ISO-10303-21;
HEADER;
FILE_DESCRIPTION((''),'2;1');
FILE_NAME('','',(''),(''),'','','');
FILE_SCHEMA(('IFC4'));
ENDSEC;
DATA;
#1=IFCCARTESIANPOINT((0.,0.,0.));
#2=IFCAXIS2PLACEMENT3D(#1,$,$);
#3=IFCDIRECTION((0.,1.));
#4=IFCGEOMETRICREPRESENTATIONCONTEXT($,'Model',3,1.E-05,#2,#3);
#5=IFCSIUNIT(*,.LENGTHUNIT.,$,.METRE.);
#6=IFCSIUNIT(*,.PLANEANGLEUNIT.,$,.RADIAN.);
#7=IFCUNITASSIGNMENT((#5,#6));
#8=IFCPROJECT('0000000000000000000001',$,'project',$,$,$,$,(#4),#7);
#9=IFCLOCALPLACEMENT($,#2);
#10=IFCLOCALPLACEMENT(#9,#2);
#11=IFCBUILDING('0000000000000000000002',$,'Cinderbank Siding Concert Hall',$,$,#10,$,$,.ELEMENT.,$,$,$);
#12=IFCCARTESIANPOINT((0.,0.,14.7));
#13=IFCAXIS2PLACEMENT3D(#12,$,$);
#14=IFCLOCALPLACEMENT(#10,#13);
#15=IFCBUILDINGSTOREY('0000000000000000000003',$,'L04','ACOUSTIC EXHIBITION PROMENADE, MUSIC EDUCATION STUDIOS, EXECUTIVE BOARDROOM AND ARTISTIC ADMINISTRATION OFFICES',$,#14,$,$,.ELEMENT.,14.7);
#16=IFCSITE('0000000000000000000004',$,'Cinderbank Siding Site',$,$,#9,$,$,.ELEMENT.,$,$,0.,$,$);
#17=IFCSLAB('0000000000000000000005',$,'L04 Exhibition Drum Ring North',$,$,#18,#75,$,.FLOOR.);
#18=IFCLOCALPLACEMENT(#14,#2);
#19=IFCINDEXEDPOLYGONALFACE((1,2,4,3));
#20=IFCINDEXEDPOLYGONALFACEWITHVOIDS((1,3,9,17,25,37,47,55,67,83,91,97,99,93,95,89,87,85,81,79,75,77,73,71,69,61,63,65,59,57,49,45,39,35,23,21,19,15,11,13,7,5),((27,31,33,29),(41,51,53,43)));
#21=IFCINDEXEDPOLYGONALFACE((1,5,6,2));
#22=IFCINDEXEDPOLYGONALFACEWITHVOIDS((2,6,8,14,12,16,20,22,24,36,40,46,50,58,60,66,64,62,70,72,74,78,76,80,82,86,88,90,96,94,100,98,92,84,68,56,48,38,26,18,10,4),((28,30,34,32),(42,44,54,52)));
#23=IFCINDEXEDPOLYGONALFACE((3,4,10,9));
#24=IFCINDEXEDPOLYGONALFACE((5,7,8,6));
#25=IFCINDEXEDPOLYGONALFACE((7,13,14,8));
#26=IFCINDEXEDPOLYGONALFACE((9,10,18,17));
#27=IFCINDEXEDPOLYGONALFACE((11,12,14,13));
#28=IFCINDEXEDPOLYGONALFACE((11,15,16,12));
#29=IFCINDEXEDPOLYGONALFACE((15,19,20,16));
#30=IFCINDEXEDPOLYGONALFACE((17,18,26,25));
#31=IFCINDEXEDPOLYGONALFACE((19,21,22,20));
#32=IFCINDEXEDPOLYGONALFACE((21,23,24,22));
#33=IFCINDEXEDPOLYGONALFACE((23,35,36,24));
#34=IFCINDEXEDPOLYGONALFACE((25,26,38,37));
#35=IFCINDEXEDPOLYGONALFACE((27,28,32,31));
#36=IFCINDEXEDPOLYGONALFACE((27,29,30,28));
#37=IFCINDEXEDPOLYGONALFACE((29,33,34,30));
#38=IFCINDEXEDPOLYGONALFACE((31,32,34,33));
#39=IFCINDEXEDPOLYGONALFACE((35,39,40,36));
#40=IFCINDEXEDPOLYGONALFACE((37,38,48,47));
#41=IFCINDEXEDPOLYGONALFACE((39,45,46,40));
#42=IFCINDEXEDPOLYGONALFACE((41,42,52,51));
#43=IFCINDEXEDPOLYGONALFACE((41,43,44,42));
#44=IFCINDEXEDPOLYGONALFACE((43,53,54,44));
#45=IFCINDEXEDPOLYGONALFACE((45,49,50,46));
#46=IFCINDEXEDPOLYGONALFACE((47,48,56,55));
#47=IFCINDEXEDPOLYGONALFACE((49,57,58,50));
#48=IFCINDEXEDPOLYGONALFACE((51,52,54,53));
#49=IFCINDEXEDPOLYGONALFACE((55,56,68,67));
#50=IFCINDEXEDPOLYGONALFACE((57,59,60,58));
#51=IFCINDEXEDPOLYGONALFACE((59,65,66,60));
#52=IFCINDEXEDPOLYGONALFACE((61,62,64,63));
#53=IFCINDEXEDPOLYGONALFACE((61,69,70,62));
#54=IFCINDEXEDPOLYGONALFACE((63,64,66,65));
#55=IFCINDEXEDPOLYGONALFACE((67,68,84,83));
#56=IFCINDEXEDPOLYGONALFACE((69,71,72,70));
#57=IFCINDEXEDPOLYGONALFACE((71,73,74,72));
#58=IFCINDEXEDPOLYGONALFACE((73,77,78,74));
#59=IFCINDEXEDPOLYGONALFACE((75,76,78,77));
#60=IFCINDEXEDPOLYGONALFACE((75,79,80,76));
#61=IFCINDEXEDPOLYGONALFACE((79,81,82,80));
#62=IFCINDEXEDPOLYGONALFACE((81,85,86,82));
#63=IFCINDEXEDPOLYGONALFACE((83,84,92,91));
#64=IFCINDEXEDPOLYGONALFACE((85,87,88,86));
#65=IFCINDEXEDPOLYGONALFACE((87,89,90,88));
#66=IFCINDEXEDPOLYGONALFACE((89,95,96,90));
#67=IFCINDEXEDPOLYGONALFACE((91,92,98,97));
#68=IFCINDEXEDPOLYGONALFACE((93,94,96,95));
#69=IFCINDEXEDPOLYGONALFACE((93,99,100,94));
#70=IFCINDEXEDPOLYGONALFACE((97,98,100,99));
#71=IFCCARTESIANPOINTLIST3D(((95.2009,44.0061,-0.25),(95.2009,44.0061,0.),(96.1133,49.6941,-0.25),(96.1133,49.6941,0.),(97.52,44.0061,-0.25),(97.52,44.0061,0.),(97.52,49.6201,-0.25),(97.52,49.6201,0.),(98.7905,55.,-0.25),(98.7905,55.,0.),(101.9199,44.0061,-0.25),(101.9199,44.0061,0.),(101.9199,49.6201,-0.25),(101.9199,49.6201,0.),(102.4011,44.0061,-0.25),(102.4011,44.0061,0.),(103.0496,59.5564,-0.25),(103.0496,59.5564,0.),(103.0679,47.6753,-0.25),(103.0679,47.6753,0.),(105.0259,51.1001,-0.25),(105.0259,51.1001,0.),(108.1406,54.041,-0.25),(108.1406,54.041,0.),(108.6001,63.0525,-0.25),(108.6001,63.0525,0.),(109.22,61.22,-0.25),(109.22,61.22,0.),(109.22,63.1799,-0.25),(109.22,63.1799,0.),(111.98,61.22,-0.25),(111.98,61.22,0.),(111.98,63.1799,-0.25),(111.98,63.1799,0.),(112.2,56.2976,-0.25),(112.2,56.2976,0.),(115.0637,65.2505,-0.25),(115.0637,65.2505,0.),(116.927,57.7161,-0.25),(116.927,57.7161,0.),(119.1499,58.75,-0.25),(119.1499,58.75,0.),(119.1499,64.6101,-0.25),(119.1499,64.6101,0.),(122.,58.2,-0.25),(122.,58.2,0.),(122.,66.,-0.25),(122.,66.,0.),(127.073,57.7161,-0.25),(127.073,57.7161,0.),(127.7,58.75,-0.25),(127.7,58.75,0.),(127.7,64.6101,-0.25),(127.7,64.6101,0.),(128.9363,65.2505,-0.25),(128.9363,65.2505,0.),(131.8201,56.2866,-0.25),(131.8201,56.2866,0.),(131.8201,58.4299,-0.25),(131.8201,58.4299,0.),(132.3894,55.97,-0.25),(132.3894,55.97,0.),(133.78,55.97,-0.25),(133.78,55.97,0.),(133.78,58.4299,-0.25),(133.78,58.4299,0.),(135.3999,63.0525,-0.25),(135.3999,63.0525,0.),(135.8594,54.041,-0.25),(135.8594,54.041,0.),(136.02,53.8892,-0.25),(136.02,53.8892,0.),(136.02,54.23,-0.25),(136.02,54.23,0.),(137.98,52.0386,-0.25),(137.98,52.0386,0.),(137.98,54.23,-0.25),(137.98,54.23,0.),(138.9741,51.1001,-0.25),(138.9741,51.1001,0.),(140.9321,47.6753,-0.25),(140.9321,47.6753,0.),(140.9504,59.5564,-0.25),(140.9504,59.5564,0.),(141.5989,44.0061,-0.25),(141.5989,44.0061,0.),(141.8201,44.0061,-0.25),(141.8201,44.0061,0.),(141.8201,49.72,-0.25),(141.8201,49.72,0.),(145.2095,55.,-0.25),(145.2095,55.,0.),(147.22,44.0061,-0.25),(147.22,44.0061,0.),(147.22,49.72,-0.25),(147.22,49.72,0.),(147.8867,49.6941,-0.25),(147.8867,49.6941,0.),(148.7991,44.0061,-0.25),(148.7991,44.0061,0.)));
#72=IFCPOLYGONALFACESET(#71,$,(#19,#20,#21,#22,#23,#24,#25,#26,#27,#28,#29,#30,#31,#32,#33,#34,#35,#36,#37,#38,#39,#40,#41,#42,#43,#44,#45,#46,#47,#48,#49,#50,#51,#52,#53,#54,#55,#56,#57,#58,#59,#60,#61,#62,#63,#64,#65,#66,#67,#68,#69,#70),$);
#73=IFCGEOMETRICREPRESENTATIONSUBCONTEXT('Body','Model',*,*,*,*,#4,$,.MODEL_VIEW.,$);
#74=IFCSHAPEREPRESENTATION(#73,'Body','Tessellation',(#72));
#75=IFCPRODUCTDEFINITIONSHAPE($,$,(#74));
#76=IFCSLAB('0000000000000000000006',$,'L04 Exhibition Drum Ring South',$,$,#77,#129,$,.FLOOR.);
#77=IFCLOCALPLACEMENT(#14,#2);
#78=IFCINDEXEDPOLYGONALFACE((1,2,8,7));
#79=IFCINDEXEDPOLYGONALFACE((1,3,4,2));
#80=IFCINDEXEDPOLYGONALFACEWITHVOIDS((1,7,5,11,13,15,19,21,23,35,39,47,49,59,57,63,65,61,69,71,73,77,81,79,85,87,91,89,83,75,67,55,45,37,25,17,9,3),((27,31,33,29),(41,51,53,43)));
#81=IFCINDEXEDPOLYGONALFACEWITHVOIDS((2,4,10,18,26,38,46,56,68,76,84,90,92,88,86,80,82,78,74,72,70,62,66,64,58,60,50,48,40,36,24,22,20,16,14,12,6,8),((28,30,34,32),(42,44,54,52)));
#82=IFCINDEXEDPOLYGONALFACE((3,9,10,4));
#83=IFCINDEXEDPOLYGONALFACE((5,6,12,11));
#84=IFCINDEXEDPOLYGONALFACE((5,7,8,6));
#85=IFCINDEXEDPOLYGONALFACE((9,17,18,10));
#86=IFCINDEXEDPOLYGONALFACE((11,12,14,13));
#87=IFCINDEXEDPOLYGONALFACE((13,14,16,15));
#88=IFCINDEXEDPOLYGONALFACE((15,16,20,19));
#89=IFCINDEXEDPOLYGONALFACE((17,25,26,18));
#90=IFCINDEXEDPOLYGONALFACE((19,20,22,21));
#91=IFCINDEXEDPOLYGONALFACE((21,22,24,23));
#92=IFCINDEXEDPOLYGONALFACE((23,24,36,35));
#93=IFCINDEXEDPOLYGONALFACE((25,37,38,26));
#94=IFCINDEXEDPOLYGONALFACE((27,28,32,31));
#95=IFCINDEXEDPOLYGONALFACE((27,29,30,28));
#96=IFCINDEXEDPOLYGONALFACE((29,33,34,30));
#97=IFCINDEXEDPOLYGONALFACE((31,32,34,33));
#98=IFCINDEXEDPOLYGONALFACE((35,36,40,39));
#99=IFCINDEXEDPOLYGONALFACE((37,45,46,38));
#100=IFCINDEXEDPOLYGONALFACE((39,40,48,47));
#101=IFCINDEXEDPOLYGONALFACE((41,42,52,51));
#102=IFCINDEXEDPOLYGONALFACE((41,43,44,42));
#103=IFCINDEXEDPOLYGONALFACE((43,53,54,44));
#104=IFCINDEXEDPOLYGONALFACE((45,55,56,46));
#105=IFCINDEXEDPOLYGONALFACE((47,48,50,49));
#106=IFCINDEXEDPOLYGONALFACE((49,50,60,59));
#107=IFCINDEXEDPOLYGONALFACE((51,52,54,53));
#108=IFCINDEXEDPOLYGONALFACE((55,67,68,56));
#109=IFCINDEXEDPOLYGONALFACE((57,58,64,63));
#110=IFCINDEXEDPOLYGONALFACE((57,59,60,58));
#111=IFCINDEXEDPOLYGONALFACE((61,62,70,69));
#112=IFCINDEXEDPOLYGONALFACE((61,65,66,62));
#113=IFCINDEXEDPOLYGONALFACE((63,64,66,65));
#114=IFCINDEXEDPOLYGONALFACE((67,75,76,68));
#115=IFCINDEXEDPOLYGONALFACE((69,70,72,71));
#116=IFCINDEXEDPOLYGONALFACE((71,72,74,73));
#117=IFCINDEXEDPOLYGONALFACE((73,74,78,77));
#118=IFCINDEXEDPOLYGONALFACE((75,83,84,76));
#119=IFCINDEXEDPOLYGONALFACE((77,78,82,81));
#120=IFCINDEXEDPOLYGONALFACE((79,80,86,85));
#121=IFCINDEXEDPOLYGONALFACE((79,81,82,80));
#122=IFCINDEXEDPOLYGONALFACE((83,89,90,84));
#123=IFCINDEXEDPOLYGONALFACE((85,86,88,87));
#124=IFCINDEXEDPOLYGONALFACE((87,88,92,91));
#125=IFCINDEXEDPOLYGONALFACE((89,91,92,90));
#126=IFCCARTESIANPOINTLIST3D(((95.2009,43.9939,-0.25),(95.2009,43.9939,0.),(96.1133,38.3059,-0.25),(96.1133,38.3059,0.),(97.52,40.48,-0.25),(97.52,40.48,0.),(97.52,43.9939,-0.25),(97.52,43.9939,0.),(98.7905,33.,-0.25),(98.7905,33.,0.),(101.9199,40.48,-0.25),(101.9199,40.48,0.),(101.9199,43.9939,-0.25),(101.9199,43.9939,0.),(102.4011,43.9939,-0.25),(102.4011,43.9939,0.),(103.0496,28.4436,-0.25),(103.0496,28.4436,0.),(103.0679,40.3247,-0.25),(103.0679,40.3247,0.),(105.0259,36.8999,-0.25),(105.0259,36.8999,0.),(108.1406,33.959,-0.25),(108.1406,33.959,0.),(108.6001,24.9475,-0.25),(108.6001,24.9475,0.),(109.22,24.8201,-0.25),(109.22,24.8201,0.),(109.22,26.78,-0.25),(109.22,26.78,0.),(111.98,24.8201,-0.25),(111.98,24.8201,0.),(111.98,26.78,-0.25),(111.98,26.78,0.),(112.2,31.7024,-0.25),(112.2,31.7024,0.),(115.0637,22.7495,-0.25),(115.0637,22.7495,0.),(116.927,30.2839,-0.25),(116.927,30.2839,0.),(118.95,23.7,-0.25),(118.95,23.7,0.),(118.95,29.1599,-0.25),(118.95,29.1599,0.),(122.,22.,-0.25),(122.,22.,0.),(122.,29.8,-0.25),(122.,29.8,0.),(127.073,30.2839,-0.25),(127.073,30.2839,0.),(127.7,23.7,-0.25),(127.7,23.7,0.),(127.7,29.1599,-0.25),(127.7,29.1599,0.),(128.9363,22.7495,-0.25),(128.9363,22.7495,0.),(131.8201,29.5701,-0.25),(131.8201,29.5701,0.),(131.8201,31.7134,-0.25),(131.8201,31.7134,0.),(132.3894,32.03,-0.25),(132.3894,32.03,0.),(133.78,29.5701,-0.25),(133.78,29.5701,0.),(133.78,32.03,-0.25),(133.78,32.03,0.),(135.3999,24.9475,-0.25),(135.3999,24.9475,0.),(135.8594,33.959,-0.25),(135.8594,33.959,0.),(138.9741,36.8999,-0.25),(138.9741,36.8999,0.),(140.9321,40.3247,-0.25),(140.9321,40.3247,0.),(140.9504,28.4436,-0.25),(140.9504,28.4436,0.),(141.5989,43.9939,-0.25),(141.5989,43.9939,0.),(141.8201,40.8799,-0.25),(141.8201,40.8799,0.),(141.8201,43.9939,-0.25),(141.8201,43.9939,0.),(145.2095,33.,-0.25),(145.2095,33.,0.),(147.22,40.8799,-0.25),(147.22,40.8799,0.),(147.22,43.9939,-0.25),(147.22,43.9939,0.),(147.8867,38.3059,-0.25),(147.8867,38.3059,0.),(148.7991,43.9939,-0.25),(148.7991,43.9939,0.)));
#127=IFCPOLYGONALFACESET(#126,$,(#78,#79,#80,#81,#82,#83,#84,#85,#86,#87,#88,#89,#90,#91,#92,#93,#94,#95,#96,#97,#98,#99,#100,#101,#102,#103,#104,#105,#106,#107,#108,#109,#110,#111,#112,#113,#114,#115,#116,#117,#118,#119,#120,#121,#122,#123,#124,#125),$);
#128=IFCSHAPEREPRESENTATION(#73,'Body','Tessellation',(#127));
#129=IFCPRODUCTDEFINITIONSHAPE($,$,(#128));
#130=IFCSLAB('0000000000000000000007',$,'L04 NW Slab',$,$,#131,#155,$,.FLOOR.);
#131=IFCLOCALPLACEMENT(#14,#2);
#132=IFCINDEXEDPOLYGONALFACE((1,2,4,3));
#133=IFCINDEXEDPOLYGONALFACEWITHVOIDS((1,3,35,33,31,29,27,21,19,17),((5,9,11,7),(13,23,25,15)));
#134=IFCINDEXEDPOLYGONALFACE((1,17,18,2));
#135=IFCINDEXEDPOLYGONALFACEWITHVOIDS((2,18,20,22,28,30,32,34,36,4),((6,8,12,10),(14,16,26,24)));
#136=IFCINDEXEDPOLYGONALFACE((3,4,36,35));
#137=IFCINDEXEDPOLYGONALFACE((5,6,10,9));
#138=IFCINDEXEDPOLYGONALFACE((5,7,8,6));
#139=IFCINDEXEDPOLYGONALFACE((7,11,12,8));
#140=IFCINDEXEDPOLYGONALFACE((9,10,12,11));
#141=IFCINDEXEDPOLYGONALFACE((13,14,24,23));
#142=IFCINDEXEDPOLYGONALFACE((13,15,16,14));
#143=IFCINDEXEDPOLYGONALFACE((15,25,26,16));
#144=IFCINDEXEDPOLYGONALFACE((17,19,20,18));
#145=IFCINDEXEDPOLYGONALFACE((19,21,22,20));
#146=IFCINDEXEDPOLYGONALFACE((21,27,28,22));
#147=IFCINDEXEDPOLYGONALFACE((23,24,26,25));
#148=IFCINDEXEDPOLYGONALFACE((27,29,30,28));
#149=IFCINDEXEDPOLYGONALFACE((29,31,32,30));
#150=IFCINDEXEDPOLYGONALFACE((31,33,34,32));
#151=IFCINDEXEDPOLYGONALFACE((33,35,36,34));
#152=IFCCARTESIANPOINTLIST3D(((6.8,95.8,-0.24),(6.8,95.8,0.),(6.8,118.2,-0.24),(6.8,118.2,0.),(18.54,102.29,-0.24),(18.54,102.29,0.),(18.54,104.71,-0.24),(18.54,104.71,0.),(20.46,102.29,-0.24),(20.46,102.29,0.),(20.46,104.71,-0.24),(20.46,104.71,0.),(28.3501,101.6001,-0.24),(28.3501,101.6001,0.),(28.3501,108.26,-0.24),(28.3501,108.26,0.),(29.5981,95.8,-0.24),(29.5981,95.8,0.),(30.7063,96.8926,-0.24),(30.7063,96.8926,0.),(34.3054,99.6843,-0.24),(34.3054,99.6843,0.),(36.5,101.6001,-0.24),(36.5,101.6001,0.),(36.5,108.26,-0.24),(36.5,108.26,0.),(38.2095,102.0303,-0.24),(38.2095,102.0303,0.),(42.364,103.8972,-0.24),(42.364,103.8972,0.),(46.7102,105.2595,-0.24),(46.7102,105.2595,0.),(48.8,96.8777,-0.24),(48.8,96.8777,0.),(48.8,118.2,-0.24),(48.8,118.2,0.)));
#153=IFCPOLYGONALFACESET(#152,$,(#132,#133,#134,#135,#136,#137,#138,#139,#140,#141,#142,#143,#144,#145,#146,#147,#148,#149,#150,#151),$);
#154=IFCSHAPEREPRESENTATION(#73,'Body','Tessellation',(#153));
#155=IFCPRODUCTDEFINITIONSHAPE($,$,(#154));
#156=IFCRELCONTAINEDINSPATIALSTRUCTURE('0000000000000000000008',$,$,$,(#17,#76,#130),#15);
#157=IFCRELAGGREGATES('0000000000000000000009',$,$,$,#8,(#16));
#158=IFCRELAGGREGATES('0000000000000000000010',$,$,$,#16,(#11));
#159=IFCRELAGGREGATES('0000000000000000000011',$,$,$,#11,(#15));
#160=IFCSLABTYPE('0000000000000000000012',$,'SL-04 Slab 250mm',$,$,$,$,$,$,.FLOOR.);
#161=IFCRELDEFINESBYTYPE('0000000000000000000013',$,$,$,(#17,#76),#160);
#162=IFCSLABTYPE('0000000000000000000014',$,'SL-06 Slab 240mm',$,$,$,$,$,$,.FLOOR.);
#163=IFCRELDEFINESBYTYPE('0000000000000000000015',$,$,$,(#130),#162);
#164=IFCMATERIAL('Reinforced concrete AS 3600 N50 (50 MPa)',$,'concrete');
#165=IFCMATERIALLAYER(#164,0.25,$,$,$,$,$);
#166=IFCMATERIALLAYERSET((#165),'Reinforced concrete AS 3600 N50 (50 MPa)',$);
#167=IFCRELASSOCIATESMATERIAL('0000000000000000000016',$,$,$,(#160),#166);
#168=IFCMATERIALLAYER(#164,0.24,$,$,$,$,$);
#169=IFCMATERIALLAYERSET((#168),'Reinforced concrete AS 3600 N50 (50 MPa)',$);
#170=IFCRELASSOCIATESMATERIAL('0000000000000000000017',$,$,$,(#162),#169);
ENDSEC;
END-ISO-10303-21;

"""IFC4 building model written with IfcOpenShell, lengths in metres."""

from ifc_helpers import new_model, si_unit, direction, frame, origin, place, context, subcontext, project, spatial, polyline, outline, extrude, material, layer, layer_set, type_object, element, save


model = new_model("IFC4")

# Units and contexts
model_context = context("Model", 3, precision=1e-05, world=origin(), true_north=direction((0.0, 1.0)))
body_context = subcontext(model_context, "Body", "Model", "MODEL_VIEW")
ifc_project = project(units=[si_unit("LENGTHUNIT", "METRE"), si_unit("PLANEANGLEUNIT", "RADIAN")], contexts=[model_context])

# Site, building, storey
site_placement = place(None, origin())
site = spatial("IfcSite", under=ifc_project, at=site_placement, Name="Cinderbank Siding Site", CompositionType="ELEMENT", RefElevation=0.0)
building_placement = place(site_placement, origin())
building = spatial("IfcBuilding", under=site, at=building_placement, Name="Cinderbank Siding Concert Hall", CompositionType="ELEMENT")
storey_placement = place(building_placement, frame((0.0, 0.0, 14.7)))
storey = spatial("IfcBuildingStorey", under=building, at=storey_placement, Name="L04", Description="ACOUSTIC EXHIBITION PROMENADE, MUSIC EDUCATION STUDIOS, EXECUTIVE BOARDROOM AND ARTISTIC ADMINISTRATION OFFICES", CompositionType="ELEMENT", Elevation=14.7)

# Shared definitions
ifc_material_1 = material(Name="Reinforced concrete AS 3600 N50 (50 MPa)", Category="concrete")

# Slabs
ifc_layer_1 = layer(ifc_material_1, 0.25)
ifc_layer_set_1 = layer_set([ifc_layer_1], Name="Reinforced concrete AS 3600 N50 (50 MPa)")
slab_type_1 = type_object("IfcSlabType", Name="SL-04 Slab 250mm", PredefinedType="FLOOR", material=ifc_layer_set_1)
slab_1_placement = place(storey_placement, frame((0.0, 0.0, -0.25)))
element("IfcSlab", 1, at=slab_1_placement, inside=storey, type_object=slab_type_1, Name="L04 Exhibition Drum Ring North", PredefinedType="FLOOR", context=body_context, shape_type="SweptSolid", body=[
    extrude(outline(polyline([(122.0, 66.0), (128.9363, 65.2505), (135.3999, 63.0525), (140.9504, 59.5564), (145.2095, 55.0), (147.8867, 49.6941), (148.7991, 44.0061), (147.22, 44.0061), (147.22, 49.72), (141.8201, 49.72), (141.8201, 44.0061), (141.5989, 44.0061), (140.9321, 47.6753), (138.9741, 51.1001), (137.98, 52.0386), (137.98, 54.23), (136.02, 54.23), (136.02, 53.8892), (135.8594, 54.041), (132.3894, 55.97), (133.78, 55.97), (133.78, 58.4299), (131.8201, 58.4299), (131.8201, 56.2866), (127.073, 57.7161), (122.0, 58.2), (116.927, 57.7161), (112.2, 56.2976), (108.1406, 54.041), (105.0259, 51.1001), (103.0679, 47.6753), (102.4011, 44.0061), (101.9199, 44.0061), (101.9199, 49.6201), (97.52, 49.6201), (97.52, 44.0061), (95.2009, 44.0061), (96.1133, 49.6941), (98.7905, 55.0), (103.0496, 59.5564), (108.6001, 63.0525), (115.0637, 65.2505), (122.0, 66.0)]), holes=[polyline([(119.1499, 58.75), (127.7, 58.75), (127.7, 64.6101), (119.1499, 64.6101), (119.1499, 58.75)]), polyline([(111.98, 61.22), (111.98, 63.1799), (109.22, 63.1799), (109.22, 61.22), (111.98, 61.22)])]), origin(), (0.0, 0.0, 1.0), 0.25),
])
slab_2_placement = place(storey_placement, frame((0.0, 0.0, -0.25)))
element("IfcSlab", 2, at=slab_2_placement, inside=storey, type_object=slab_type_1, Name="L04 Exhibition Drum Ring South", PredefinedType="FLOOR", context=body_context, shape_type="SweptSolid", body=[
    extrude(outline(polyline([(122.0, 22.0), (115.0637, 22.7495), (108.6001, 24.9475), (103.0496, 28.4436), (98.7905, 33.0), (96.1133, 38.3059), (95.2009, 43.9939), (97.52, 43.9939), (97.52, 40.48), (101.9199, 40.48), (101.9199, 43.9939), (102.4011, 43.9939), (103.0679, 40.3247), (105.0259, 36.8999), (108.1406, 33.959), (112.2, 31.7024), (116.927, 30.2839), (122.0, 29.8), (127.073, 30.2839), (131.8201, 31.7134), (131.8201, 29.5701), (133.78, 29.5701), (133.78, 32.03), (132.3894, 32.03), (135.8594, 33.959), (138.9741, 36.8999), (140.9321, 40.3247), (141.5989, 43.9939), (141.8201, 43.9939), (141.8201, 40.8799), (147.22, 40.8799), (147.22, 43.9939), (148.7991, 43.9939), (147.8867, 38.3059), (145.2095, 33.0), (140.9504, 28.4436), (135.3999, 24.9475), (128.9363, 22.7495), (122.0, 22.0)]), holes=[polyline([(118.95, 23.7), (127.7, 23.7), (127.7, 29.1599), (118.95, 29.1599), (118.95, 23.7)]), polyline([(111.98, 24.8201), (111.98, 26.78), (109.22, 26.78), (109.22, 24.8201), (111.98, 24.8201)])]), origin(), (0.0, 0.0, 1.0), 0.25),
])
ifc_layer_2 = layer(ifc_material_1, 0.24)
ifc_layer_set_2 = layer_set([ifc_layer_2], Name="Reinforced concrete AS 3600 N50 (50 MPa)")
slab_type_2 = type_object("IfcSlabType", Name="SL-06 Slab 240mm", PredefinedType="FLOOR", material=ifc_layer_set_2)
slab_3_placement = place(storey_placement, frame((0.0, 0.0, -0.24)))
element("IfcSlab", 3, at=slab_3_placement, inside=storey, type_object=slab_type_2, Name="L04 NW Slab", PredefinedType="FLOOR", context=body_context, shape_type="SweptSolid", body=[
    extrude(outline(polyline([(6.8, 95.8), (6.8, 118.2), (48.8, 118.2), (48.8, 96.8777), (46.7102, 105.2595), (42.364, 103.8972), (38.2095, 102.0303), (34.3054, 99.6843), (30.7063, 96.8926), (29.5981, 95.8), (6.8, 95.8)]), holes=[polyline([(28.3501, 101.6001), (36.5, 101.6001), (36.5, 108.26), (28.3501, 108.26), (28.3501, 101.6001)]), polyline([(18.54, 102.29), (20.46, 102.29), (20.46, 104.71), (18.54, 104.71), (18.54, 102.29)])]), origin(), (0.0, 0.0, 1.0), 0.24),
])

save(model, "model.ifc")
